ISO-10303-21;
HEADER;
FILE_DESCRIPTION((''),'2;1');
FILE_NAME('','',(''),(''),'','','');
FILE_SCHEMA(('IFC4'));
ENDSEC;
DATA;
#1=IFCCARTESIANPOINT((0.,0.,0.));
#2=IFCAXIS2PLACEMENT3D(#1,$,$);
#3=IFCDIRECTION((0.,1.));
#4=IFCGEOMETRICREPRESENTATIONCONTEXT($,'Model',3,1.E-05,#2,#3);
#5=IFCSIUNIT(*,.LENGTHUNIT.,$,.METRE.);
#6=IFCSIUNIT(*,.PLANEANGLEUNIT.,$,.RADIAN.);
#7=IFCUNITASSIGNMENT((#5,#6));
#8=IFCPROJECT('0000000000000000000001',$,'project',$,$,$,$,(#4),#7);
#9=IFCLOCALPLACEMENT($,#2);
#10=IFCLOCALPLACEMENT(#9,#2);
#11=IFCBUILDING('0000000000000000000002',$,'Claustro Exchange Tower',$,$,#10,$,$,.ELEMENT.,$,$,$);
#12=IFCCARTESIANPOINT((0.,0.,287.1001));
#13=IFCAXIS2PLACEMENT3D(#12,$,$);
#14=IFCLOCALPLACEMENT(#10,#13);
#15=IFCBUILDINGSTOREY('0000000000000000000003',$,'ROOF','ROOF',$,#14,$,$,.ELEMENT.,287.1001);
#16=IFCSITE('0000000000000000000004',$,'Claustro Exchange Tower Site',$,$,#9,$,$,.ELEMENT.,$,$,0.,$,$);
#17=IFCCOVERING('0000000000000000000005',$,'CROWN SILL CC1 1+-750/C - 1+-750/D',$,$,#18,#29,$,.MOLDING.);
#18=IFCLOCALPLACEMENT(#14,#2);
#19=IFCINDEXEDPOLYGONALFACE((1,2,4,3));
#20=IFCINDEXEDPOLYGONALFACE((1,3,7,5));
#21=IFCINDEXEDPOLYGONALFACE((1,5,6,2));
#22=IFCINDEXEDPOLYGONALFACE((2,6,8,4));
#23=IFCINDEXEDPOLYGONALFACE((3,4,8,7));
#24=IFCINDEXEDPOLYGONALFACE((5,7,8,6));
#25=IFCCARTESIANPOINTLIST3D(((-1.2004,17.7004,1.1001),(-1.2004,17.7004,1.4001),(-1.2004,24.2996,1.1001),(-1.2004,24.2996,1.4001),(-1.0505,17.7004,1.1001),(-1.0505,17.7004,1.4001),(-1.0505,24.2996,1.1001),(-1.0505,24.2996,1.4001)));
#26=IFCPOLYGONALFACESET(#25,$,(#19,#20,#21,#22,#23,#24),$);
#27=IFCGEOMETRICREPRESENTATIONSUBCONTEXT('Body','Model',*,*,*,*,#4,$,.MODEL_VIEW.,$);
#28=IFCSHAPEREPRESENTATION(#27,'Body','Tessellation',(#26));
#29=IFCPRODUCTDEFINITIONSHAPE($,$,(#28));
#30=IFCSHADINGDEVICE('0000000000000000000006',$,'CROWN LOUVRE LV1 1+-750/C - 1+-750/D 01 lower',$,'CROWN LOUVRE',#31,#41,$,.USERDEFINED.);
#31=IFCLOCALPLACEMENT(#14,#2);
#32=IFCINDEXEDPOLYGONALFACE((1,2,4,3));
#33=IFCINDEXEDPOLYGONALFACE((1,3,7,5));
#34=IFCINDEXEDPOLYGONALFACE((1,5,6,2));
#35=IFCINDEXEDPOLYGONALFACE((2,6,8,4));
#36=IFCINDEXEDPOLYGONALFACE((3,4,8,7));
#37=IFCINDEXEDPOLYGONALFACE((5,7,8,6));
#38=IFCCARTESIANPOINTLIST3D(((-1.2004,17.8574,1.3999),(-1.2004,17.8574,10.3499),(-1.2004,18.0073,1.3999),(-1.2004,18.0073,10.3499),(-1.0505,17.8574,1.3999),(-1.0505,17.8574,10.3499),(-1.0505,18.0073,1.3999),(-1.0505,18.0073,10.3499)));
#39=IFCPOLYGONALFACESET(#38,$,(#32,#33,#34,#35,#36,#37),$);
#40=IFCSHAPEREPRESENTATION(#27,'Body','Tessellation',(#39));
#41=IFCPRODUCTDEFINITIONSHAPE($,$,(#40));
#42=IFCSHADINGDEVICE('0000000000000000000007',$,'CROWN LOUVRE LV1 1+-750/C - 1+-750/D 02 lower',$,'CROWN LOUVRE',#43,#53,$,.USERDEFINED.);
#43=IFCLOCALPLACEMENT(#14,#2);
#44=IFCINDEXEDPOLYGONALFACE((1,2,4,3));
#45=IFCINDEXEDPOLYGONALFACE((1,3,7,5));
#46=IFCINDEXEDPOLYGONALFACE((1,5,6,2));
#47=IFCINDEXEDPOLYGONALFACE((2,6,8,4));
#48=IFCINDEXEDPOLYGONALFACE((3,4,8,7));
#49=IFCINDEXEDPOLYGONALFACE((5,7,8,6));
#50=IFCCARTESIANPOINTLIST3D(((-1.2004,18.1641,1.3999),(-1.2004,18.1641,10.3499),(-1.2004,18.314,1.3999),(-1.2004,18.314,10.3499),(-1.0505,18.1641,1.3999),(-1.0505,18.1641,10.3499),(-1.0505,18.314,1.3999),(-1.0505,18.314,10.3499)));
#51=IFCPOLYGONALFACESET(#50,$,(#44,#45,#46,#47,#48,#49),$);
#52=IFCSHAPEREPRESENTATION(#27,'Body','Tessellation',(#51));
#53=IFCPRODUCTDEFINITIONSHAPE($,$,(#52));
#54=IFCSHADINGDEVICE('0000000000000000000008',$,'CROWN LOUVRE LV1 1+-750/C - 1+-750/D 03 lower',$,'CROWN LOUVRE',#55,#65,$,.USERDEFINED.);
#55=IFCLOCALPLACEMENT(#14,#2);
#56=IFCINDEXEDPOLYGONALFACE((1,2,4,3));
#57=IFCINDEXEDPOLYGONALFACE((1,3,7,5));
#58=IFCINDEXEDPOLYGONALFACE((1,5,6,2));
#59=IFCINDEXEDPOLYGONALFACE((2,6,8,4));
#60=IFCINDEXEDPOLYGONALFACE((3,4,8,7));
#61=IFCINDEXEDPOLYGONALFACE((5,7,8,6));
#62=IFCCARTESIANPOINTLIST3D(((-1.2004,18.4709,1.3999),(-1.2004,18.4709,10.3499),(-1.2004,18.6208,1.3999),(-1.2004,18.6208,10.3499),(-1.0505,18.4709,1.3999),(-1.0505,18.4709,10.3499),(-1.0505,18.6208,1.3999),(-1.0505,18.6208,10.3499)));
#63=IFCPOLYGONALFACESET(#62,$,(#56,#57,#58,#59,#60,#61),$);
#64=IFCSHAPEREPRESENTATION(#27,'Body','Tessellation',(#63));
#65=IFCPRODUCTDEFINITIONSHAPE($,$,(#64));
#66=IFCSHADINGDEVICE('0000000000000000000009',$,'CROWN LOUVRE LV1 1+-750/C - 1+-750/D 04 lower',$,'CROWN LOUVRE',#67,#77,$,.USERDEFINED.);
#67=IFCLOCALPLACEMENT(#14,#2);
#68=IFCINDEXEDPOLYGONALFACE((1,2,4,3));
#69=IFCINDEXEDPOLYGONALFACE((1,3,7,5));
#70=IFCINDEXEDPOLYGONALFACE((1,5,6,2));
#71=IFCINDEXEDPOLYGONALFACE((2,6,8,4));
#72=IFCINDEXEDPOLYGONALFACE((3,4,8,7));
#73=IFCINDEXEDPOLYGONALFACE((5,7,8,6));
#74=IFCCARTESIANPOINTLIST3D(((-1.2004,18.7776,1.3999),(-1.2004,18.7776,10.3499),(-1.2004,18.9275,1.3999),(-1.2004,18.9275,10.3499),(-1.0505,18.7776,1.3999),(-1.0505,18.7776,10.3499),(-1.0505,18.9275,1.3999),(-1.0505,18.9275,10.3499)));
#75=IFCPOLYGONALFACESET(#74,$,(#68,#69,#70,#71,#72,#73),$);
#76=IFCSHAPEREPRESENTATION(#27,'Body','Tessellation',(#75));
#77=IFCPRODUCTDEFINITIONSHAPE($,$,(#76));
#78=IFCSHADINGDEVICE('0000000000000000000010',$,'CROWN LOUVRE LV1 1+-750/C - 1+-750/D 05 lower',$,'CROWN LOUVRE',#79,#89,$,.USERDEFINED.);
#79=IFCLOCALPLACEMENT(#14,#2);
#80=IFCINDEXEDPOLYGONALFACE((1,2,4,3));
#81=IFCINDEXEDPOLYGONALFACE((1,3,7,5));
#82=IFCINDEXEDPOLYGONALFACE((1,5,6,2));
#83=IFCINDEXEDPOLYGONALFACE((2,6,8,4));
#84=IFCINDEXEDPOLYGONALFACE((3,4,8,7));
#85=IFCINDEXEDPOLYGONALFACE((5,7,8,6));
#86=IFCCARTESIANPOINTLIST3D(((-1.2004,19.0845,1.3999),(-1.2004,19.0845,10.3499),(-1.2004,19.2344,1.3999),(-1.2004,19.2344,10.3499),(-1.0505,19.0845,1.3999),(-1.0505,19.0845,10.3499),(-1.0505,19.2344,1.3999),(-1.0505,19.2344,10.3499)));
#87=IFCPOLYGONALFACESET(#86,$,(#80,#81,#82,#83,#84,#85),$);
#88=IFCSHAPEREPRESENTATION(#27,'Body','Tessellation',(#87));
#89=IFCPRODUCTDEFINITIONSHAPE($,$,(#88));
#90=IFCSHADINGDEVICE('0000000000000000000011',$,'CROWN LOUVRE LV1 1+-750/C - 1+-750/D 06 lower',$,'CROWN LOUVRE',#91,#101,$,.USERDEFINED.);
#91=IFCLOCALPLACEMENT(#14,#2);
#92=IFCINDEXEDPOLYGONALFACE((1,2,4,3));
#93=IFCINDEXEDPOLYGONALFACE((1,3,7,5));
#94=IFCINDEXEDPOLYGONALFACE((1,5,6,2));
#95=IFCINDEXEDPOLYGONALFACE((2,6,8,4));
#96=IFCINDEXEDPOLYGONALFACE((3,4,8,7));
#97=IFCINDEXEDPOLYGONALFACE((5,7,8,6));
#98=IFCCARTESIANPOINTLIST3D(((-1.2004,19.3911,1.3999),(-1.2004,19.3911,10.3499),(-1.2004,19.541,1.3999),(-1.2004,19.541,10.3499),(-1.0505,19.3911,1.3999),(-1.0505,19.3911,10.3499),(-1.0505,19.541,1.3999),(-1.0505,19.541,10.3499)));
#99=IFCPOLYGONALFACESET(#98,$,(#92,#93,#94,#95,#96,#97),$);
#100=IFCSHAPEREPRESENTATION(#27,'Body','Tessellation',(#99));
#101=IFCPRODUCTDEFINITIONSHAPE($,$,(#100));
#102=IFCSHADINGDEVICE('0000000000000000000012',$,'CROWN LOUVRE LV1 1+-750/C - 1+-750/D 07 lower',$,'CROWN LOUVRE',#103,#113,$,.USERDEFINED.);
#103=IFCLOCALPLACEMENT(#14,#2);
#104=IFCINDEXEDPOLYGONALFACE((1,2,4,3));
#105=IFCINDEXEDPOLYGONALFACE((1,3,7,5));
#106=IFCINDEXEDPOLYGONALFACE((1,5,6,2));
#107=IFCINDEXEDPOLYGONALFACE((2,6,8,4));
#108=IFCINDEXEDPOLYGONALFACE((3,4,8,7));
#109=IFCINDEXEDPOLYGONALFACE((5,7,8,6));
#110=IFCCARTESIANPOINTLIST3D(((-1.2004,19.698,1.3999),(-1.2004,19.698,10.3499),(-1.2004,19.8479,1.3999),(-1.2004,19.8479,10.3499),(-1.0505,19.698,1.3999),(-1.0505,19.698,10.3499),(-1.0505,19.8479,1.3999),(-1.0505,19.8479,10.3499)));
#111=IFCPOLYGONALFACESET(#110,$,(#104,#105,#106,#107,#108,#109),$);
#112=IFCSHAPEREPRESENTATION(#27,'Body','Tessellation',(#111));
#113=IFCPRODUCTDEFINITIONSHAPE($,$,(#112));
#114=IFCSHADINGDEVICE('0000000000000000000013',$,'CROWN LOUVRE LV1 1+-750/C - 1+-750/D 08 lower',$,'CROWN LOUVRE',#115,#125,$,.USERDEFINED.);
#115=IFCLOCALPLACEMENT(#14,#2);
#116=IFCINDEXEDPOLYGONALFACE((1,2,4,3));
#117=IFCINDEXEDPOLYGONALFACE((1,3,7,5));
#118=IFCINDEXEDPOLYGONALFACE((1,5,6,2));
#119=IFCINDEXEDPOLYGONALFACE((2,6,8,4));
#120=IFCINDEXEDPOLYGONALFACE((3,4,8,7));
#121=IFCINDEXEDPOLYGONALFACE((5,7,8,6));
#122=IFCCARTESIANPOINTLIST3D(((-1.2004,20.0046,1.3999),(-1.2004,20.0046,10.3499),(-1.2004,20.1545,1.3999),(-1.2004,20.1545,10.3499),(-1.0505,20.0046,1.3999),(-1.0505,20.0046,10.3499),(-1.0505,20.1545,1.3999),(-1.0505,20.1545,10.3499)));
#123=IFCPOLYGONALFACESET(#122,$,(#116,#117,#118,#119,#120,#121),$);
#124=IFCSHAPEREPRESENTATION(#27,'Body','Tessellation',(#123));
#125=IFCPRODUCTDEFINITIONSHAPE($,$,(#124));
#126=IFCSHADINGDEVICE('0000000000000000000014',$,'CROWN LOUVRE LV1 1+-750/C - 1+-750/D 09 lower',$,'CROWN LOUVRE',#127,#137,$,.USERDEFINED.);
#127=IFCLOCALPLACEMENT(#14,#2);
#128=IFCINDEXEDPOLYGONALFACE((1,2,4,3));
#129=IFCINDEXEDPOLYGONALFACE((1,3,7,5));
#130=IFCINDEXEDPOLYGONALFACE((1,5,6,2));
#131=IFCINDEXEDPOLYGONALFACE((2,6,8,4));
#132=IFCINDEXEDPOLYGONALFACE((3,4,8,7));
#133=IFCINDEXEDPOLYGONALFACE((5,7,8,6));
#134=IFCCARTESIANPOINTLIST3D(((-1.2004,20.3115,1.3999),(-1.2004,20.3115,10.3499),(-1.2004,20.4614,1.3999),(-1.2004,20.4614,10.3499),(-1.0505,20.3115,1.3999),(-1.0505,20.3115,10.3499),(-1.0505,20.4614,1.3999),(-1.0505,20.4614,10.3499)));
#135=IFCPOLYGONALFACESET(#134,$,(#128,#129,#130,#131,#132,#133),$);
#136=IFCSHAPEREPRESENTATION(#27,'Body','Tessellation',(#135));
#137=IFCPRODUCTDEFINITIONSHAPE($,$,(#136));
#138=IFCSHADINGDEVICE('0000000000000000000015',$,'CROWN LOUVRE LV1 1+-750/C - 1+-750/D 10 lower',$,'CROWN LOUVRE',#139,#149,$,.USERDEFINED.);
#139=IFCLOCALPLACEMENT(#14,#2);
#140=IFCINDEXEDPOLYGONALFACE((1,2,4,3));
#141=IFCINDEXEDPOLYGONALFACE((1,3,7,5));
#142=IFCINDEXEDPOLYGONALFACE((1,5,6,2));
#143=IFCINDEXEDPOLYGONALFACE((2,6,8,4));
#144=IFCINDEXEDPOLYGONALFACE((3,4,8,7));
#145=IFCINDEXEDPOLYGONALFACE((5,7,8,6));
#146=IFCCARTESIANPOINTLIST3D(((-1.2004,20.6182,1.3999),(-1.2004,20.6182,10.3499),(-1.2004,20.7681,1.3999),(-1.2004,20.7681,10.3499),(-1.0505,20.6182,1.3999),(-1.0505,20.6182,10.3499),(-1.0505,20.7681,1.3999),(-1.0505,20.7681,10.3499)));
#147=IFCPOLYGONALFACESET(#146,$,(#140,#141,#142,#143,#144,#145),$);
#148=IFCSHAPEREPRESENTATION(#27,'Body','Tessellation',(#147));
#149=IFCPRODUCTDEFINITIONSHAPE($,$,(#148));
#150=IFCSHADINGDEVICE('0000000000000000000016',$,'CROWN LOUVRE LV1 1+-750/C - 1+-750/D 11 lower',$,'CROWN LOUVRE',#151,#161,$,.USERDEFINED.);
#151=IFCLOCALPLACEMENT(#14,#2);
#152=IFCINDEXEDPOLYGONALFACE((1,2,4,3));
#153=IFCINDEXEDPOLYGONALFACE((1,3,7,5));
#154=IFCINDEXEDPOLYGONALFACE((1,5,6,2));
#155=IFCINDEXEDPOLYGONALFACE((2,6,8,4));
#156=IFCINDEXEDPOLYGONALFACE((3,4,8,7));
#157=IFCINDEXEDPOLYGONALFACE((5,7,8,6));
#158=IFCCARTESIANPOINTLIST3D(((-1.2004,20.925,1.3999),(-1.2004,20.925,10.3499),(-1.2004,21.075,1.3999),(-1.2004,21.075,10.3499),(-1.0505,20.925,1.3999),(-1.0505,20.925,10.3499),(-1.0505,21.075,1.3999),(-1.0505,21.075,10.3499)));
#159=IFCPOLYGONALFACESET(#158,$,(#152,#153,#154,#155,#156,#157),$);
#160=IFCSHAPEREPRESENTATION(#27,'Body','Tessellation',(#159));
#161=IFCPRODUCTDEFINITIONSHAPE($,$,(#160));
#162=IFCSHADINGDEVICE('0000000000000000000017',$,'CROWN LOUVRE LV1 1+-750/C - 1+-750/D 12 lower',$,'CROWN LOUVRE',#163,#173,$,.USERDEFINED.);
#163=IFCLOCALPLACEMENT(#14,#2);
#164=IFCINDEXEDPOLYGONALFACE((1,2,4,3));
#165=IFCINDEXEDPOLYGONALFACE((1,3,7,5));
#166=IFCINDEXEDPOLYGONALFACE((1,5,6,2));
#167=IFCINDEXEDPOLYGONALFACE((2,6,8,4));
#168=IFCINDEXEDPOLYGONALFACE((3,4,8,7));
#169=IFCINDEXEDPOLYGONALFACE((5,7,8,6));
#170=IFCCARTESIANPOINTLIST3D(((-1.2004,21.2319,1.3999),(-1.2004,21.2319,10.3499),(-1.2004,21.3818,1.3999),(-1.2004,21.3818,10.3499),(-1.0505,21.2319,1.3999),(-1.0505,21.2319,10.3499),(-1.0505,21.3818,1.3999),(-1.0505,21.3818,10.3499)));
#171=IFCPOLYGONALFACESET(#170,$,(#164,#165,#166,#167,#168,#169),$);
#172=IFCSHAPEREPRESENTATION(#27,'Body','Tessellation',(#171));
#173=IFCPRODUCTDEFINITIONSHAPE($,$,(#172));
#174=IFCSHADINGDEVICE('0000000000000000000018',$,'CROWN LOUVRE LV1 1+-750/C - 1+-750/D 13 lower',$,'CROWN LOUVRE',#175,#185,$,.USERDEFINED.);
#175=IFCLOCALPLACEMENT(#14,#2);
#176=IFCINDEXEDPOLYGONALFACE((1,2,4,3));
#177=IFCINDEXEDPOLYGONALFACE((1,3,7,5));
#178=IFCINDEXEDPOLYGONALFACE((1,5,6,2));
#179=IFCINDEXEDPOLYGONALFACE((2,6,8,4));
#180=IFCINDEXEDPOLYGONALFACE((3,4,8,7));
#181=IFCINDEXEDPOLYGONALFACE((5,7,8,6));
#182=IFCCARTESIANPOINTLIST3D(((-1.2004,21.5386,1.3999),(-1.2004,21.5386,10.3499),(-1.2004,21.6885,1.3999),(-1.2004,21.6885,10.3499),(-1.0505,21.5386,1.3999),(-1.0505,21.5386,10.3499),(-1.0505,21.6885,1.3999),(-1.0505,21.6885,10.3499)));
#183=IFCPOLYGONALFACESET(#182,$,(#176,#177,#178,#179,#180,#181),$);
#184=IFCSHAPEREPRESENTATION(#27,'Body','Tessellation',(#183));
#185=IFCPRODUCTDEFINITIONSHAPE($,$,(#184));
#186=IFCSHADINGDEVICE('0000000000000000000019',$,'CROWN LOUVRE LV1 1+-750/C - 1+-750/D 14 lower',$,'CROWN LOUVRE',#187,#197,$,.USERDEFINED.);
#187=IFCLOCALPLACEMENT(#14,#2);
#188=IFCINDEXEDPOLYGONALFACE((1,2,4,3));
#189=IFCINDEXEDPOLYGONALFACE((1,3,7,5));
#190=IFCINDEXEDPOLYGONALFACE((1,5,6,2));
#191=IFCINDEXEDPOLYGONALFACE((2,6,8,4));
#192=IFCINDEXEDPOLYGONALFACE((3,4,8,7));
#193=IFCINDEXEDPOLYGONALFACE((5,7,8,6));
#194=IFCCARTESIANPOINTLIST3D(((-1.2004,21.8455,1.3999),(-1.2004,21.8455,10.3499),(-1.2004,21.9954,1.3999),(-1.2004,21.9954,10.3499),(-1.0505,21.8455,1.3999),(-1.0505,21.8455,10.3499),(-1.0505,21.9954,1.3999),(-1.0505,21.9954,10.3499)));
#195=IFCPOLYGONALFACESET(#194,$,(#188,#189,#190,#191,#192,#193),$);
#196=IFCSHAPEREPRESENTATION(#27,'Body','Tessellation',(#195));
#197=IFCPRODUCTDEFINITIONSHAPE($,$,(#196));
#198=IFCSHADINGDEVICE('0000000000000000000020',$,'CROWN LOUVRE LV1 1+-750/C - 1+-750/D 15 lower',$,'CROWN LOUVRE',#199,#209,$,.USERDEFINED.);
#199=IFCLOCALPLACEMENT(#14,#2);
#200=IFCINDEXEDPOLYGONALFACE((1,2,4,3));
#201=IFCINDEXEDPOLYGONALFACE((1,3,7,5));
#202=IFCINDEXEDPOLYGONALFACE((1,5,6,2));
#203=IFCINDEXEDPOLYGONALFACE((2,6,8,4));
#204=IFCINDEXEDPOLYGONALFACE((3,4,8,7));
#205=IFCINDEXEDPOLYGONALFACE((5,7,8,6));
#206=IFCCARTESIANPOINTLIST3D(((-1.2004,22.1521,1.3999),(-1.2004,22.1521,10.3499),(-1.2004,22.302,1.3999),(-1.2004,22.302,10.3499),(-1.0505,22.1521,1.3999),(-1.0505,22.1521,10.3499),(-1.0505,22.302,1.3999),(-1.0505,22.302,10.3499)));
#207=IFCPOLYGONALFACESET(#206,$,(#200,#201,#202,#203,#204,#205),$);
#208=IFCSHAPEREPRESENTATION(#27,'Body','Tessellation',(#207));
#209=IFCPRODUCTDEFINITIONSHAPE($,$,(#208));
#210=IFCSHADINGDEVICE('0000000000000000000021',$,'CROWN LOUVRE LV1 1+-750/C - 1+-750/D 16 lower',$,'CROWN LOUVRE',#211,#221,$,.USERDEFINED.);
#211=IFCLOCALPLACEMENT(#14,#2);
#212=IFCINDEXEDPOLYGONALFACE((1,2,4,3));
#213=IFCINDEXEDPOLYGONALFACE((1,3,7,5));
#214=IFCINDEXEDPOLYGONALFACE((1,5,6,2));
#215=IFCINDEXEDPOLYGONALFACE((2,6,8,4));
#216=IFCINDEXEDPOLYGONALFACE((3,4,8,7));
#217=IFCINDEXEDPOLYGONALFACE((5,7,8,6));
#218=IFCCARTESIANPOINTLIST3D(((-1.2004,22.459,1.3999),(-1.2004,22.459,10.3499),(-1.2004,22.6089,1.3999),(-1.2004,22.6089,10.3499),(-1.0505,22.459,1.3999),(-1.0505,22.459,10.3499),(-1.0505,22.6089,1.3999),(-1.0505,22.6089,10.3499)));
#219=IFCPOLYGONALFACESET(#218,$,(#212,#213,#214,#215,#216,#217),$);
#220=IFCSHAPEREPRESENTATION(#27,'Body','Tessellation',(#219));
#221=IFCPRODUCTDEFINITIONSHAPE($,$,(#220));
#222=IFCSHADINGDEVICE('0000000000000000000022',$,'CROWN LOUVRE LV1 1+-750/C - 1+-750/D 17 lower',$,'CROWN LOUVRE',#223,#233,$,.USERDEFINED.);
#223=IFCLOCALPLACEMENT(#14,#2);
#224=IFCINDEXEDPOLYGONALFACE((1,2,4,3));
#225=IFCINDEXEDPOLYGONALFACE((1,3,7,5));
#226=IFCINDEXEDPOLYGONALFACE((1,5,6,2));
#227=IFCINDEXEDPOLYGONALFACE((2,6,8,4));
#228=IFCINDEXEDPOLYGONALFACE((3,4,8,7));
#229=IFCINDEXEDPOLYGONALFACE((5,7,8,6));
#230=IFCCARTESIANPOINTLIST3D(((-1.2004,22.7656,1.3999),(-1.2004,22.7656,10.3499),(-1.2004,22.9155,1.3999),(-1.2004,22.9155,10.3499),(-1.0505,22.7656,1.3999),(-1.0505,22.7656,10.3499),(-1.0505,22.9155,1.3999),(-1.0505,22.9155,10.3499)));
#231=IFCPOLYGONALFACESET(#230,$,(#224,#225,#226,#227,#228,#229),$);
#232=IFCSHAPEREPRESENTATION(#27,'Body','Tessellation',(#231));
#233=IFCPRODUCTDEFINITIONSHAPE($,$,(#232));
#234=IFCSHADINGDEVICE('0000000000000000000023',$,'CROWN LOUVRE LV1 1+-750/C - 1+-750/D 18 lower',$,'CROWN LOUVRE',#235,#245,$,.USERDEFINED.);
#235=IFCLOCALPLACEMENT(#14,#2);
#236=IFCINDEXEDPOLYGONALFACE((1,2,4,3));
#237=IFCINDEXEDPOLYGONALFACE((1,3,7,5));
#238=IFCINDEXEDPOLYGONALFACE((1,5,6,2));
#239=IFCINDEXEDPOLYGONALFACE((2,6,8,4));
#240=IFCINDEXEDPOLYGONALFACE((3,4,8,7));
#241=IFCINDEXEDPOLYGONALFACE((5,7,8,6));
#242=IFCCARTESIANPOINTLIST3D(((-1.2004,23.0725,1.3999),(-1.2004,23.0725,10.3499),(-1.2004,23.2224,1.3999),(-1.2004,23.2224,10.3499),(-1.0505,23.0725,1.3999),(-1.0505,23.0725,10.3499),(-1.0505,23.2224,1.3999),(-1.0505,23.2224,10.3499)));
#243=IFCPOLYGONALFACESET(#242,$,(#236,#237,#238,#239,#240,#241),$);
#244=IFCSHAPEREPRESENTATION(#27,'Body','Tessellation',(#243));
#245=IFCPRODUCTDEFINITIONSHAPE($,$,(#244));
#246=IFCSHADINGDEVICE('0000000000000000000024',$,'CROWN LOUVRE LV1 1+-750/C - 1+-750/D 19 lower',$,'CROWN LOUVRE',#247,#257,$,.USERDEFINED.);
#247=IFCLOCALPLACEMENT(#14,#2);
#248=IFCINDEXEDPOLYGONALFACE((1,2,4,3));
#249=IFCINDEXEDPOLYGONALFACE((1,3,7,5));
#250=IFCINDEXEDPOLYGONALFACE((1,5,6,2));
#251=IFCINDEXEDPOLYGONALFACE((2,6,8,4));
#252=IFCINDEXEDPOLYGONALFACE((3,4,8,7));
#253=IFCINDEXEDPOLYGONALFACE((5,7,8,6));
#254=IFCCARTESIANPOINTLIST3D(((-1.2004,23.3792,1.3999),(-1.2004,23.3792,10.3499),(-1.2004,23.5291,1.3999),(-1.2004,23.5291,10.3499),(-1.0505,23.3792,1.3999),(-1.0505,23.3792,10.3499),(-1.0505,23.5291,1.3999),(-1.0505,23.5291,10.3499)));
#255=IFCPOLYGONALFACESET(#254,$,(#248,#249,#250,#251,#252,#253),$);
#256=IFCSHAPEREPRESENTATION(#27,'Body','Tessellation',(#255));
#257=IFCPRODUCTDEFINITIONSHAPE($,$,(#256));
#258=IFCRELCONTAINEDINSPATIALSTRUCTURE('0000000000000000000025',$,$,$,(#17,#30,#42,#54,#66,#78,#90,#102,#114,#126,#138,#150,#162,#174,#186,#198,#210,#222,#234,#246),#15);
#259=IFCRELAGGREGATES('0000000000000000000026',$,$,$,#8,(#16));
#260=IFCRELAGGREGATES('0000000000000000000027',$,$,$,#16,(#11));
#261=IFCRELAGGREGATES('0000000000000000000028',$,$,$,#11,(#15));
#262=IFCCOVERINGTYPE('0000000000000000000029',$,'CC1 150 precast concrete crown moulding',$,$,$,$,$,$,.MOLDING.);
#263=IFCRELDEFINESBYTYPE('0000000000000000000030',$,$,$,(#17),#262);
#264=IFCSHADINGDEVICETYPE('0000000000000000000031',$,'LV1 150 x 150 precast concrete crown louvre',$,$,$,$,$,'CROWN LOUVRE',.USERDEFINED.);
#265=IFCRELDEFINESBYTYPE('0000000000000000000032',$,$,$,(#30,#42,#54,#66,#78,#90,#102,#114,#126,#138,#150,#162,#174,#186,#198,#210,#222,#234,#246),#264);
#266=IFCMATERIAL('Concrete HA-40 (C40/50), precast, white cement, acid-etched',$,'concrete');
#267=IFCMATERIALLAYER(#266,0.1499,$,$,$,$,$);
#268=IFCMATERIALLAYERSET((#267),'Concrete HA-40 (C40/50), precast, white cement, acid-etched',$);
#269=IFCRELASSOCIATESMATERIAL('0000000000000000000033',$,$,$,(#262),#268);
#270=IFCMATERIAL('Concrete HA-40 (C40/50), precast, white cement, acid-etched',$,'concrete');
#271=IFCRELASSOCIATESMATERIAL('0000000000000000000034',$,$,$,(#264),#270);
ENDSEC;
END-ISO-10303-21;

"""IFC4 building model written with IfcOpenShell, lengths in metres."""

from ifc_helpers import new_model, si_unit, direction, frame, origin, origin_2d, place, context, subcontext, project, spatial, rectangle, extrude, material, layer, layer_set, type_object, element, save


model = new_model("IFC4")

# Units and contexts
model_context = context("Model", 3, precision=1e-05, world=origin(), true_north=direction((0.0, 1.0)))
body_context = subcontext(model_context, "Body", "Model", "MODEL_VIEW")
ifc_project = project(units=[si_unit("LENGTHUNIT", "METRE"), si_unit("PLANEANGLEUNIT", "RADIAN")], contexts=[model_context])

# Site, building, storey
site_placement = place(None, origin())
site = spatial("IfcSite", under=ifc_project, at=site_placement, Name="Claustro Exchange Tower Site", CompositionType="ELEMENT", RefElevation=0.0)
building_placement = place(site_placement, origin())
building = spatial("IfcBuilding", under=site, at=building_placement, Name="Claustro Exchange Tower", CompositionType="ELEMENT")
storey_placement = place(building_placement, frame((0.0, 0.0, 287.1001)))
storey = spatial("IfcBuildingStorey", under=building, at=storey_placement, Name="ROOF", Description="ROOF", CompositionType="ELEMENT", Elevation=287.1001)

# Covering
ifc_material_1 = material(Name="Concrete HA-40 (C40/50), precast, white cement, acid-etched", Category="concrete")
ifc_layer_1 = layer(ifc_material_1, 0.1499)
ifc_layer_set_1 = layer_set([ifc_layer_1], Name="Concrete HA-40 (C40/50), precast, white cement, acid-etched")
covering_type = type_object("IfcCoveringType", Name="CC1 150 precast concrete crown moulding", PredefinedType="MOLDING", material=ifc_layer_set_1)
covering_placement = place(storey_placement, frame((-1.1255, 21.0, 1.1001), z_axis=(0.0, 0.0, 1.0), x_axis=(0.0, 1.0, 0.0)))
element("IfcCovering", 1, at=covering_placement, inside=storey, type_object=covering_type, Name="CROWN SILL CC1 1+-750/C - 1+-750/D", PredefinedType="MOLDING", context=body_context, shape_type="SweptSolid", body=[
    extrude(rectangle(XDim=6.5991, YDim=0.1499, at=origin_2d()), origin(), (0.0, 0.0, 1.0), 0.3),
])

# Shading devices
ifc_material_2 = material(Name="Concrete HA-40 (C40/50), precast, white cement, acid-etched", Category="concrete")
shading_device_type = type_object("IfcShadingDeviceType", Name="LV1 150 x 150 precast concrete crown louvre", ElementType="CROWN LOUVRE", PredefinedType="USERDEFINED", material=ifc_material_2)
for number, where, z_axis, x_axis, name in (
    (2, (-1.1255, 17.9324, 1.3999), (0.0, 0.0, 1.0), (0.0, 1.0, 0.0), "CROWN LOUVRE LV1 1+-750/C - 1+-750/D 01 lower"),
    (3, (-1.1255, 18.239, 1.3999), (0.0, 0.0, 1.0), (0.0, 1.0, 0.0), "CROWN LOUVRE LV1 1+-750/C - 1+-750/D 02 lower"),
    (4, (-1.1255, 18.5459, 1.3999), (0.0, 0.0, 1.0), (0.0, 1.0, 0.0), "CROWN LOUVRE LV1 1+-750/C - 1+-750/D 03 lower"),
    (5, (-1.1255, 18.8525, 1.3999), (0.0, 0.0, 1.0), (0.0, 1.0, 0.0), "CROWN LOUVRE LV1 1+-750/C - 1+-750/D 04 lower"),
    (6, (-1.1255, 19.1594, 1.3999), (0.0, 0.0, 1.0), (0.0, 1.0, 0.0), "CROWN LOUVRE LV1 1+-750/C - 1+-750/D 05 lower"),
    (7, (-1.1255, 19.4661, 1.3999), (0.0, 0.0, 1.0), (0.0, 1.0, 0.0), "CROWN LOUVRE LV1 1+-750/C - 1+-750/D 06 lower"),
    (8, (-1.1255, 19.7729, 1.3999), (0.0, 0.0, 1.0), (0.0, 1.0, 0.0), "CROWN LOUVRE LV1 1+-750/C - 1+-750/D 07 lower"),
    (9, (-1.1255, 20.0796, 1.3999), (0.0, 0.0, 1.0), (0.0, 1.0, 0.0), "CROWN LOUVRE LV1 1+-750/C - 1+-750/D 08 lower"),
    (10, (-1.1255, 20.3865, 1.3999), (0.0, 0.0, 1.0), (0.0, 1.0, 0.0), "CROWN LOUVRE LV1 1+-750/C - 1+-750/D 09 lower"),
    (11, (-1.1255, 20.6931, 1.3999), (0.0, 0.0, 1.0), (0.0, 1.0, 0.0), "CROWN LOUVRE LV1 1+-750/C - 1+-750/D 10 lower"),
    (12, (-1.1255, 21.0, 1.3999), (0.0, 0.0, 1.0), (0.0, 1.0, 0.0), "CROWN LOUVRE LV1 1+-750/C - 1+-750/D 11 lower"),
    (13, (-1.1255, 21.3069, 1.3999), (0.0, 0.0, 1.0), (0.0, 1.0, 0.0), "CROWN LOUVRE LV1 1+-750/C - 1+-750/D 12 lower"),
    (14, (-1.1255, 21.6135, 1.3999), (0.0, 0.0, 1.0), (0.0, 1.0, 0.0), "CROWN LOUVRE LV1 1+-750/C - 1+-750/D 13 lower"),
    (15, (-1.1255, 21.9204, 1.3999), (0.0, 0.0, 1.0), (0.0, 1.0, 0.0), "CROWN LOUVRE LV1 1+-750/C - 1+-750/D 14 lower"),
    (16, (-1.1255, 22.2271, 1.3999), (0.0, 0.0, 1.0), (0.0, 1.0, 0.0), "CROWN LOUVRE LV1 1+-750/C - 1+-750/D 15 lower"),
    (17, (-1.1255, 22.5339, 1.3999), (0.0, 0.0, 1.0), (0.0, 1.0, 0.0), "CROWN LOUVRE LV1 1+-750/C - 1+-750/D 16 lower"),
    (18, (-1.1255, 22.8406, 1.3999), (0.0, 0.0, 1.0), (0.0, 1.0, 0.0), "CROWN LOUVRE LV1 1+-750/C - 1+-750/D 17 lower"),
    (19, (-1.1255, 23.1475, 1.3999), (0.0, 0.0, 1.0), (0.0, 1.0, 0.0), "CROWN LOUVRE LV1 1+-750/C - 1+-750/D 18 lower"),
    (20, (-1.1255, 23.4541, 1.3999), (0.0, 0.0, 1.0), (0.0, 1.0, 0.0), "CROWN LOUVRE LV1 1+-750/C - 1+-750/D 19 lower"),
):
    element("IfcShadingDevice", number, at=place(storey_placement, frame(where, z_axis=z_axis, x_axis=x_axis)), inside=storey, type_object=shading_device_type, Name=name, ObjectType="CROWN LOUVRE", PredefinedType="USERDEFINED", context=body_context, shape_type="SweptSolid", body=[
        extrude(rectangle(XDim=0.1499, YDim=0.1499, at=origin_2d()), origin(), (0.0, 0.0, 1.0), 8.95),
    ])

save(model, "model.ifc")
